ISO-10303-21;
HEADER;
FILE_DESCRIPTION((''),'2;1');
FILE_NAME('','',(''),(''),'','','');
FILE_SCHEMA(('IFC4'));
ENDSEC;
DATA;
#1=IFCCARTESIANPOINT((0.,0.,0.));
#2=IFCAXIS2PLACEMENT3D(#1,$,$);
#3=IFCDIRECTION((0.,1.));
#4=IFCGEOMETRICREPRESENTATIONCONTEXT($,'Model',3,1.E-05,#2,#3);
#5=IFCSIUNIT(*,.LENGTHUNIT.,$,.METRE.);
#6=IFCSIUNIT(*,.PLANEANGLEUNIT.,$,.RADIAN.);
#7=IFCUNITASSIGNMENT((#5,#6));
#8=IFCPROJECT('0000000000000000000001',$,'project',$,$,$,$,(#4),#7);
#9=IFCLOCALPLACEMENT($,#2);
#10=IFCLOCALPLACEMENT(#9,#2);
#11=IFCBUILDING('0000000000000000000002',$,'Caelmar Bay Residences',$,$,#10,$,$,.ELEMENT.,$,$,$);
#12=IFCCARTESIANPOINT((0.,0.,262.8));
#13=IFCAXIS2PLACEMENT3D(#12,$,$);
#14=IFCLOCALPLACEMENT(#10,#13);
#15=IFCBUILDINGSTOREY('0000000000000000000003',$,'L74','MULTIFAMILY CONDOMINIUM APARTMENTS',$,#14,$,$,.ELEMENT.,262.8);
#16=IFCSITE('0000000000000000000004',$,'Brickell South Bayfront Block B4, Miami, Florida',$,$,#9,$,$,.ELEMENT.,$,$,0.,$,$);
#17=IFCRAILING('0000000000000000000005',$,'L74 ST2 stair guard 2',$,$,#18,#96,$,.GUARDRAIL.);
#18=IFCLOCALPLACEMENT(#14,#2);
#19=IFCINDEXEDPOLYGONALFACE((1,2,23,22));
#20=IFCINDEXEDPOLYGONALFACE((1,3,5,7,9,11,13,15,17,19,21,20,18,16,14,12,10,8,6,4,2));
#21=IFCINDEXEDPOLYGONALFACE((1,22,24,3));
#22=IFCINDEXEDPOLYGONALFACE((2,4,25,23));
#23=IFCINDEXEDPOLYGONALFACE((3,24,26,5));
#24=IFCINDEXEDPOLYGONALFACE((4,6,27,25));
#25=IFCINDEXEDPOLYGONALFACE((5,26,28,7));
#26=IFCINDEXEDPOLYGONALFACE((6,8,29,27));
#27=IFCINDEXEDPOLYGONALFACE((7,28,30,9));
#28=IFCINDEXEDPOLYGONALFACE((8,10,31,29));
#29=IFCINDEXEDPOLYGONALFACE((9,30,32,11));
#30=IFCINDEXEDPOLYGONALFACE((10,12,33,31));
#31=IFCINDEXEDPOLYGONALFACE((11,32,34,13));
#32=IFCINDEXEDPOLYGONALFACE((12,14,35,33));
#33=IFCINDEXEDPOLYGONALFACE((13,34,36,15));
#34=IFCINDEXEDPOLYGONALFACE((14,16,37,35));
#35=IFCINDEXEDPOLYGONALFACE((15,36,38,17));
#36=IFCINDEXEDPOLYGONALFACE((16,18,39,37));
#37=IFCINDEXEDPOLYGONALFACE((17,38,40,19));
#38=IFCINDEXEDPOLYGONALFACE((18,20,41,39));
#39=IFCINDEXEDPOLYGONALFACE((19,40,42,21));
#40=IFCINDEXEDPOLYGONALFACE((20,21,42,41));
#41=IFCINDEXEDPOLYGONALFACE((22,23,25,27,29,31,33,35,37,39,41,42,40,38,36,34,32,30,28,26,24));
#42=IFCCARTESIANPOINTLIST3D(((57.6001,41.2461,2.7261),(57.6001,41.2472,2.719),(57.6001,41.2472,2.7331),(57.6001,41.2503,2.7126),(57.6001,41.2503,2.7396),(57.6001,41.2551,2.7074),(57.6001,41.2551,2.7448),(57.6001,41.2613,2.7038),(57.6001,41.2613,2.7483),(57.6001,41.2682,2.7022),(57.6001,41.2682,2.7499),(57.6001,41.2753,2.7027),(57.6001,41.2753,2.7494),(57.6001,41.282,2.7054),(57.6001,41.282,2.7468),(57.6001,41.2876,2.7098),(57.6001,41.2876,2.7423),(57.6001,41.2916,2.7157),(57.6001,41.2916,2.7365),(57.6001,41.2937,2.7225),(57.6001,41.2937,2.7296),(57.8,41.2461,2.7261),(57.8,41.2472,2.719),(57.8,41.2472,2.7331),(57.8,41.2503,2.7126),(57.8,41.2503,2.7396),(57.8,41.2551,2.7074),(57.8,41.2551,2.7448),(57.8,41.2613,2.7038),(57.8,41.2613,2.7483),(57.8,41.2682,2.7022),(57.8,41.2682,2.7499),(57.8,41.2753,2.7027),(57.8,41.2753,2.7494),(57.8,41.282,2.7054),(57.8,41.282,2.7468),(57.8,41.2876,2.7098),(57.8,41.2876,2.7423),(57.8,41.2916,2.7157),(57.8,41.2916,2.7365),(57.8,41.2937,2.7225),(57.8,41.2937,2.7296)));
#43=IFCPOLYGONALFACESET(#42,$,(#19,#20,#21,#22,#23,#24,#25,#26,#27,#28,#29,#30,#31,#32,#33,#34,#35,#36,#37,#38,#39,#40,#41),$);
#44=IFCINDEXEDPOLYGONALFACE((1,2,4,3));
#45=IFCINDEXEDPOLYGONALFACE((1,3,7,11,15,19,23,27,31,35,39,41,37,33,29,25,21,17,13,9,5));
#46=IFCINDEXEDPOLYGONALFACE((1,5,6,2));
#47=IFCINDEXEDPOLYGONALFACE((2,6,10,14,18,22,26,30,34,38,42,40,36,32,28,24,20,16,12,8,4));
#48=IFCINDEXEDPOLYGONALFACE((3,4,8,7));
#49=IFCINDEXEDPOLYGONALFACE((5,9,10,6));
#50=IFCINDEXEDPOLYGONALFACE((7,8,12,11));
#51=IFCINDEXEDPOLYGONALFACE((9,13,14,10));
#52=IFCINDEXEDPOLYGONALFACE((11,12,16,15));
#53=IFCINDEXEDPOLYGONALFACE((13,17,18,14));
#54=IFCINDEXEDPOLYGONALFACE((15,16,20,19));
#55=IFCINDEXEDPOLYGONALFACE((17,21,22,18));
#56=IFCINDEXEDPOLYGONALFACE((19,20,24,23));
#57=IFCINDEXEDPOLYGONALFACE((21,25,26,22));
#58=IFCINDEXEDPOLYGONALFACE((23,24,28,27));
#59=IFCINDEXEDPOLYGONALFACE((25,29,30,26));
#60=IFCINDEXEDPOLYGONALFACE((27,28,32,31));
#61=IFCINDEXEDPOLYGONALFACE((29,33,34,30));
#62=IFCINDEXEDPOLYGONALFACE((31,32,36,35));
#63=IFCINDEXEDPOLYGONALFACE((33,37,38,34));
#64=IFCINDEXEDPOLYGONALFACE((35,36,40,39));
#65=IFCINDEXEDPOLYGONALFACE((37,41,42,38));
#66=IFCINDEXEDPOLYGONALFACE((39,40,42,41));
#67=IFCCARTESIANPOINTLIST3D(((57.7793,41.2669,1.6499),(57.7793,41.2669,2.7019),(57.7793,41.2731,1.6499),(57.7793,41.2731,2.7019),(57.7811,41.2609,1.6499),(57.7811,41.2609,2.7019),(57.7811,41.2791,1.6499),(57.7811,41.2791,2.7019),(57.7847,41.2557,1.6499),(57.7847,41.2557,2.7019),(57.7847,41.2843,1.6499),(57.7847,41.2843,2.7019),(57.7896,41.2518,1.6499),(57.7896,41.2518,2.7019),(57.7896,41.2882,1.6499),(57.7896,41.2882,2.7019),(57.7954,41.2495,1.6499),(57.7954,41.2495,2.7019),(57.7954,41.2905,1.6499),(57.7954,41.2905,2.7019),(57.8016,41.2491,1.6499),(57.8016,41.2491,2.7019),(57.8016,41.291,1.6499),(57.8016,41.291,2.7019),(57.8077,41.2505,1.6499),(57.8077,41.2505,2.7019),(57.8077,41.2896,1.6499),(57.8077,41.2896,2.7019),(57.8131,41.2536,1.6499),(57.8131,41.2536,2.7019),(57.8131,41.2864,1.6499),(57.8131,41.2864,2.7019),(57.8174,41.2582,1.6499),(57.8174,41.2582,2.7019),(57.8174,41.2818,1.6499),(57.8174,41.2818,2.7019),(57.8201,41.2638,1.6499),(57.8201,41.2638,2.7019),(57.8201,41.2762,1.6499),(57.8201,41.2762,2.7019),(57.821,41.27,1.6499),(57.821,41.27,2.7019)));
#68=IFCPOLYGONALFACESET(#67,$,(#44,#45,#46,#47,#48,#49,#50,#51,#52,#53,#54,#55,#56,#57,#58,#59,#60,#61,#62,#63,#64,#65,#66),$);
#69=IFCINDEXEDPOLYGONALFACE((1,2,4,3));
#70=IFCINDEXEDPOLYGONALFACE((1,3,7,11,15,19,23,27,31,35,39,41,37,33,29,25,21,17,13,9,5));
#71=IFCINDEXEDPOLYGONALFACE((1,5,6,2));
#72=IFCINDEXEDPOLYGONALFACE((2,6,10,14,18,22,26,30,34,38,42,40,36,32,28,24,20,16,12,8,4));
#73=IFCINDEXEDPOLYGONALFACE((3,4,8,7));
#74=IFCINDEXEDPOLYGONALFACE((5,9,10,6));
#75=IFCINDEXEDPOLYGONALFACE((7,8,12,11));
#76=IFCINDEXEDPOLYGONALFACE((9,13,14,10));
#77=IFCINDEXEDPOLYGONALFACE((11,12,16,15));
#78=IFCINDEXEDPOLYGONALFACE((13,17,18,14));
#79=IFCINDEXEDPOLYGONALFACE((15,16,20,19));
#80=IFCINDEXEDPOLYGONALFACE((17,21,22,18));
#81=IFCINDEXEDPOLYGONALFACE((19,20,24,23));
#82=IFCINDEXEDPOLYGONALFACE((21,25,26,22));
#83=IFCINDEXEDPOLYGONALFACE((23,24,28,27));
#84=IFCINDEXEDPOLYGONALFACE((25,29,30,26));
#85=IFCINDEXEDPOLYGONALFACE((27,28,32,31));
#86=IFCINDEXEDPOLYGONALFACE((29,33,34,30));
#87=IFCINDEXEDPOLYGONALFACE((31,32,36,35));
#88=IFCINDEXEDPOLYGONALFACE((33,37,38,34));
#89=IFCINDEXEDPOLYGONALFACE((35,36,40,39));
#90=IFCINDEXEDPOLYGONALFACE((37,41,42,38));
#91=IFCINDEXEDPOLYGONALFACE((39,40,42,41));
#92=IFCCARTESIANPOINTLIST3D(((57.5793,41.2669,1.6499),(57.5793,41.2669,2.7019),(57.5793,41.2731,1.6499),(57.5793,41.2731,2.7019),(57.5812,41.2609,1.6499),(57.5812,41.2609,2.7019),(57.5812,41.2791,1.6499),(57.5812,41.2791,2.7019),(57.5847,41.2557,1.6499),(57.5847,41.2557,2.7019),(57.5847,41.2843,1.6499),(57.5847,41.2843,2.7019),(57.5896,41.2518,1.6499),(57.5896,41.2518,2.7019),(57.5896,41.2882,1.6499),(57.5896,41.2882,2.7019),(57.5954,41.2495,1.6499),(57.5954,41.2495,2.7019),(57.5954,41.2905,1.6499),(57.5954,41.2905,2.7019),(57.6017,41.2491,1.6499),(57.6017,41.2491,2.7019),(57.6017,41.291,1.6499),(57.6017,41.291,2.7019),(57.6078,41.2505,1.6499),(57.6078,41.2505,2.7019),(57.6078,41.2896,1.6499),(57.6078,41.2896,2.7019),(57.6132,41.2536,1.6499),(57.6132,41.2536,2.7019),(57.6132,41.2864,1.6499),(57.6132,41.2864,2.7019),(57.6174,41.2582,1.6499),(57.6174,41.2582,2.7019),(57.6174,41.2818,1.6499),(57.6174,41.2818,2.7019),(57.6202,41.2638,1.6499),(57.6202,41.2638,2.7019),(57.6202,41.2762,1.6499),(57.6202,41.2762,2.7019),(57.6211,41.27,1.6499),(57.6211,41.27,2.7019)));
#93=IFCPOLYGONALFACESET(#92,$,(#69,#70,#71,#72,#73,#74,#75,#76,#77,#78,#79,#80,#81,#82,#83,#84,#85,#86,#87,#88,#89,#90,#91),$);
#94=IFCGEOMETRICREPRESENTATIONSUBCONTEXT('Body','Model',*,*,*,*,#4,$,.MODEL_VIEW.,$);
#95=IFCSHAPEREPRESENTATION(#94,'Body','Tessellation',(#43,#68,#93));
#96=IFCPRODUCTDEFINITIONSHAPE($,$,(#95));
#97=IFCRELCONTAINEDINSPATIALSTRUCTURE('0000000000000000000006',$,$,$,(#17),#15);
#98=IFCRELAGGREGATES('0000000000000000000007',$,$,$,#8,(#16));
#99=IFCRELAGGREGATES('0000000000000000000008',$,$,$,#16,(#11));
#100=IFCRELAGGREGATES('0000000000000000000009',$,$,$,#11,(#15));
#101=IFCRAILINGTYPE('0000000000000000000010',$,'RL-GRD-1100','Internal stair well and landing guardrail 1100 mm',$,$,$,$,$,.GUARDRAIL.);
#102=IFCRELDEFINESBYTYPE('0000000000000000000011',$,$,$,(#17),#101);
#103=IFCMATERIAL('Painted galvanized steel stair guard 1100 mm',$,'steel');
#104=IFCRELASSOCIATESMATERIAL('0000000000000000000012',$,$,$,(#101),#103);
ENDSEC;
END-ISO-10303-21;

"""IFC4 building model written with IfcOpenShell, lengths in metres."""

from ifc_helpers import new_model, si_unit, direction, frame, origin, origin_2d, place, context, subcontext, project, spatial, circle, extrude, material, type_object, element, save


model = new_model("IFC4")

# Units and contexts
model_context = context("Model", 3, precision=1e-05, world=origin(), true_north=direction((0.0, 1.0)))
body_context = subcontext(model_context, "Body", "Model", "MODEL_VIEW")
ifc_project = project(units=[si_unit("LENGTHUNIT", "METRE"), si_unit("PLANEANGLEUNIT", "RADIAN")], contexts=[model_context])

# Site, building, storey
site_placement = place(None, origin())
site = spatial("IfcSite", under=ifc_project, at=site_placement, Name="Brickell South Bayfront Block B4, Miami, Florida", CompositionType="ELEMENT", RefElevation=0.0)
building_placement = place(site_placement, origin())
building = spatial("IfcBuilding", under=site, at=building_placement, Name="Caelmar Bay Residences", CompositionType="ELEMENT")
storey_placement = place(building_placement, frame((0.0, 0.0, 262.8)))
storey = spatial("IfcBuildingStorey", under=building, at=storey_placement, Name="L74", Description="MULTIFAMILY CONDOMINIUM APARTMENTS", CompositionType="ELEMENT", Elevation=262.8)

# Railing
ifc_material_1 = material(Name="Painted galvanized steel stair guard 1100 mm", Category="steel")
railing_type_1 = type_object("IfcRailingType", Name="RL-GRD-1100", Description="Internal stair well and landing guardrail 1100 mm", PredefinedType="GUARDRAIL", material=ifc_material_1)
railing_1_placement = place(storey_placement, frame((57.8, 41.27, 1.6499)))
element("IfcRailing", 1, at=railing_1_placement, inside=storey, type_object=railing_type_1, Name="L74 ST2 stair guard 2", PredefinedType="GUARDRAIL", context=body_context, shape_type="SweptSolid", body=[
    extrude(circle(Radius=0.0239, at=origin_2d()), frame((0.0, 0.0, 1.0762), z_axis=(-1.0, 0.0, 0.0), x_axis=(0.0, -1.0, 0.0)), (0.0, 0.0, 1.0), 0.2),
    extrude(circle(Radius=0.021, at=origin_2d()), origin(), (0.0, 0.0, 1.0), 1.052),
    extrude(circle(Radius=0.021, at=origin_2d()), frame((-0.2, 0.0, 0.0)), (0.0, 0.0, 1.0), 1.052),
])

save(model, "model.ifc")
